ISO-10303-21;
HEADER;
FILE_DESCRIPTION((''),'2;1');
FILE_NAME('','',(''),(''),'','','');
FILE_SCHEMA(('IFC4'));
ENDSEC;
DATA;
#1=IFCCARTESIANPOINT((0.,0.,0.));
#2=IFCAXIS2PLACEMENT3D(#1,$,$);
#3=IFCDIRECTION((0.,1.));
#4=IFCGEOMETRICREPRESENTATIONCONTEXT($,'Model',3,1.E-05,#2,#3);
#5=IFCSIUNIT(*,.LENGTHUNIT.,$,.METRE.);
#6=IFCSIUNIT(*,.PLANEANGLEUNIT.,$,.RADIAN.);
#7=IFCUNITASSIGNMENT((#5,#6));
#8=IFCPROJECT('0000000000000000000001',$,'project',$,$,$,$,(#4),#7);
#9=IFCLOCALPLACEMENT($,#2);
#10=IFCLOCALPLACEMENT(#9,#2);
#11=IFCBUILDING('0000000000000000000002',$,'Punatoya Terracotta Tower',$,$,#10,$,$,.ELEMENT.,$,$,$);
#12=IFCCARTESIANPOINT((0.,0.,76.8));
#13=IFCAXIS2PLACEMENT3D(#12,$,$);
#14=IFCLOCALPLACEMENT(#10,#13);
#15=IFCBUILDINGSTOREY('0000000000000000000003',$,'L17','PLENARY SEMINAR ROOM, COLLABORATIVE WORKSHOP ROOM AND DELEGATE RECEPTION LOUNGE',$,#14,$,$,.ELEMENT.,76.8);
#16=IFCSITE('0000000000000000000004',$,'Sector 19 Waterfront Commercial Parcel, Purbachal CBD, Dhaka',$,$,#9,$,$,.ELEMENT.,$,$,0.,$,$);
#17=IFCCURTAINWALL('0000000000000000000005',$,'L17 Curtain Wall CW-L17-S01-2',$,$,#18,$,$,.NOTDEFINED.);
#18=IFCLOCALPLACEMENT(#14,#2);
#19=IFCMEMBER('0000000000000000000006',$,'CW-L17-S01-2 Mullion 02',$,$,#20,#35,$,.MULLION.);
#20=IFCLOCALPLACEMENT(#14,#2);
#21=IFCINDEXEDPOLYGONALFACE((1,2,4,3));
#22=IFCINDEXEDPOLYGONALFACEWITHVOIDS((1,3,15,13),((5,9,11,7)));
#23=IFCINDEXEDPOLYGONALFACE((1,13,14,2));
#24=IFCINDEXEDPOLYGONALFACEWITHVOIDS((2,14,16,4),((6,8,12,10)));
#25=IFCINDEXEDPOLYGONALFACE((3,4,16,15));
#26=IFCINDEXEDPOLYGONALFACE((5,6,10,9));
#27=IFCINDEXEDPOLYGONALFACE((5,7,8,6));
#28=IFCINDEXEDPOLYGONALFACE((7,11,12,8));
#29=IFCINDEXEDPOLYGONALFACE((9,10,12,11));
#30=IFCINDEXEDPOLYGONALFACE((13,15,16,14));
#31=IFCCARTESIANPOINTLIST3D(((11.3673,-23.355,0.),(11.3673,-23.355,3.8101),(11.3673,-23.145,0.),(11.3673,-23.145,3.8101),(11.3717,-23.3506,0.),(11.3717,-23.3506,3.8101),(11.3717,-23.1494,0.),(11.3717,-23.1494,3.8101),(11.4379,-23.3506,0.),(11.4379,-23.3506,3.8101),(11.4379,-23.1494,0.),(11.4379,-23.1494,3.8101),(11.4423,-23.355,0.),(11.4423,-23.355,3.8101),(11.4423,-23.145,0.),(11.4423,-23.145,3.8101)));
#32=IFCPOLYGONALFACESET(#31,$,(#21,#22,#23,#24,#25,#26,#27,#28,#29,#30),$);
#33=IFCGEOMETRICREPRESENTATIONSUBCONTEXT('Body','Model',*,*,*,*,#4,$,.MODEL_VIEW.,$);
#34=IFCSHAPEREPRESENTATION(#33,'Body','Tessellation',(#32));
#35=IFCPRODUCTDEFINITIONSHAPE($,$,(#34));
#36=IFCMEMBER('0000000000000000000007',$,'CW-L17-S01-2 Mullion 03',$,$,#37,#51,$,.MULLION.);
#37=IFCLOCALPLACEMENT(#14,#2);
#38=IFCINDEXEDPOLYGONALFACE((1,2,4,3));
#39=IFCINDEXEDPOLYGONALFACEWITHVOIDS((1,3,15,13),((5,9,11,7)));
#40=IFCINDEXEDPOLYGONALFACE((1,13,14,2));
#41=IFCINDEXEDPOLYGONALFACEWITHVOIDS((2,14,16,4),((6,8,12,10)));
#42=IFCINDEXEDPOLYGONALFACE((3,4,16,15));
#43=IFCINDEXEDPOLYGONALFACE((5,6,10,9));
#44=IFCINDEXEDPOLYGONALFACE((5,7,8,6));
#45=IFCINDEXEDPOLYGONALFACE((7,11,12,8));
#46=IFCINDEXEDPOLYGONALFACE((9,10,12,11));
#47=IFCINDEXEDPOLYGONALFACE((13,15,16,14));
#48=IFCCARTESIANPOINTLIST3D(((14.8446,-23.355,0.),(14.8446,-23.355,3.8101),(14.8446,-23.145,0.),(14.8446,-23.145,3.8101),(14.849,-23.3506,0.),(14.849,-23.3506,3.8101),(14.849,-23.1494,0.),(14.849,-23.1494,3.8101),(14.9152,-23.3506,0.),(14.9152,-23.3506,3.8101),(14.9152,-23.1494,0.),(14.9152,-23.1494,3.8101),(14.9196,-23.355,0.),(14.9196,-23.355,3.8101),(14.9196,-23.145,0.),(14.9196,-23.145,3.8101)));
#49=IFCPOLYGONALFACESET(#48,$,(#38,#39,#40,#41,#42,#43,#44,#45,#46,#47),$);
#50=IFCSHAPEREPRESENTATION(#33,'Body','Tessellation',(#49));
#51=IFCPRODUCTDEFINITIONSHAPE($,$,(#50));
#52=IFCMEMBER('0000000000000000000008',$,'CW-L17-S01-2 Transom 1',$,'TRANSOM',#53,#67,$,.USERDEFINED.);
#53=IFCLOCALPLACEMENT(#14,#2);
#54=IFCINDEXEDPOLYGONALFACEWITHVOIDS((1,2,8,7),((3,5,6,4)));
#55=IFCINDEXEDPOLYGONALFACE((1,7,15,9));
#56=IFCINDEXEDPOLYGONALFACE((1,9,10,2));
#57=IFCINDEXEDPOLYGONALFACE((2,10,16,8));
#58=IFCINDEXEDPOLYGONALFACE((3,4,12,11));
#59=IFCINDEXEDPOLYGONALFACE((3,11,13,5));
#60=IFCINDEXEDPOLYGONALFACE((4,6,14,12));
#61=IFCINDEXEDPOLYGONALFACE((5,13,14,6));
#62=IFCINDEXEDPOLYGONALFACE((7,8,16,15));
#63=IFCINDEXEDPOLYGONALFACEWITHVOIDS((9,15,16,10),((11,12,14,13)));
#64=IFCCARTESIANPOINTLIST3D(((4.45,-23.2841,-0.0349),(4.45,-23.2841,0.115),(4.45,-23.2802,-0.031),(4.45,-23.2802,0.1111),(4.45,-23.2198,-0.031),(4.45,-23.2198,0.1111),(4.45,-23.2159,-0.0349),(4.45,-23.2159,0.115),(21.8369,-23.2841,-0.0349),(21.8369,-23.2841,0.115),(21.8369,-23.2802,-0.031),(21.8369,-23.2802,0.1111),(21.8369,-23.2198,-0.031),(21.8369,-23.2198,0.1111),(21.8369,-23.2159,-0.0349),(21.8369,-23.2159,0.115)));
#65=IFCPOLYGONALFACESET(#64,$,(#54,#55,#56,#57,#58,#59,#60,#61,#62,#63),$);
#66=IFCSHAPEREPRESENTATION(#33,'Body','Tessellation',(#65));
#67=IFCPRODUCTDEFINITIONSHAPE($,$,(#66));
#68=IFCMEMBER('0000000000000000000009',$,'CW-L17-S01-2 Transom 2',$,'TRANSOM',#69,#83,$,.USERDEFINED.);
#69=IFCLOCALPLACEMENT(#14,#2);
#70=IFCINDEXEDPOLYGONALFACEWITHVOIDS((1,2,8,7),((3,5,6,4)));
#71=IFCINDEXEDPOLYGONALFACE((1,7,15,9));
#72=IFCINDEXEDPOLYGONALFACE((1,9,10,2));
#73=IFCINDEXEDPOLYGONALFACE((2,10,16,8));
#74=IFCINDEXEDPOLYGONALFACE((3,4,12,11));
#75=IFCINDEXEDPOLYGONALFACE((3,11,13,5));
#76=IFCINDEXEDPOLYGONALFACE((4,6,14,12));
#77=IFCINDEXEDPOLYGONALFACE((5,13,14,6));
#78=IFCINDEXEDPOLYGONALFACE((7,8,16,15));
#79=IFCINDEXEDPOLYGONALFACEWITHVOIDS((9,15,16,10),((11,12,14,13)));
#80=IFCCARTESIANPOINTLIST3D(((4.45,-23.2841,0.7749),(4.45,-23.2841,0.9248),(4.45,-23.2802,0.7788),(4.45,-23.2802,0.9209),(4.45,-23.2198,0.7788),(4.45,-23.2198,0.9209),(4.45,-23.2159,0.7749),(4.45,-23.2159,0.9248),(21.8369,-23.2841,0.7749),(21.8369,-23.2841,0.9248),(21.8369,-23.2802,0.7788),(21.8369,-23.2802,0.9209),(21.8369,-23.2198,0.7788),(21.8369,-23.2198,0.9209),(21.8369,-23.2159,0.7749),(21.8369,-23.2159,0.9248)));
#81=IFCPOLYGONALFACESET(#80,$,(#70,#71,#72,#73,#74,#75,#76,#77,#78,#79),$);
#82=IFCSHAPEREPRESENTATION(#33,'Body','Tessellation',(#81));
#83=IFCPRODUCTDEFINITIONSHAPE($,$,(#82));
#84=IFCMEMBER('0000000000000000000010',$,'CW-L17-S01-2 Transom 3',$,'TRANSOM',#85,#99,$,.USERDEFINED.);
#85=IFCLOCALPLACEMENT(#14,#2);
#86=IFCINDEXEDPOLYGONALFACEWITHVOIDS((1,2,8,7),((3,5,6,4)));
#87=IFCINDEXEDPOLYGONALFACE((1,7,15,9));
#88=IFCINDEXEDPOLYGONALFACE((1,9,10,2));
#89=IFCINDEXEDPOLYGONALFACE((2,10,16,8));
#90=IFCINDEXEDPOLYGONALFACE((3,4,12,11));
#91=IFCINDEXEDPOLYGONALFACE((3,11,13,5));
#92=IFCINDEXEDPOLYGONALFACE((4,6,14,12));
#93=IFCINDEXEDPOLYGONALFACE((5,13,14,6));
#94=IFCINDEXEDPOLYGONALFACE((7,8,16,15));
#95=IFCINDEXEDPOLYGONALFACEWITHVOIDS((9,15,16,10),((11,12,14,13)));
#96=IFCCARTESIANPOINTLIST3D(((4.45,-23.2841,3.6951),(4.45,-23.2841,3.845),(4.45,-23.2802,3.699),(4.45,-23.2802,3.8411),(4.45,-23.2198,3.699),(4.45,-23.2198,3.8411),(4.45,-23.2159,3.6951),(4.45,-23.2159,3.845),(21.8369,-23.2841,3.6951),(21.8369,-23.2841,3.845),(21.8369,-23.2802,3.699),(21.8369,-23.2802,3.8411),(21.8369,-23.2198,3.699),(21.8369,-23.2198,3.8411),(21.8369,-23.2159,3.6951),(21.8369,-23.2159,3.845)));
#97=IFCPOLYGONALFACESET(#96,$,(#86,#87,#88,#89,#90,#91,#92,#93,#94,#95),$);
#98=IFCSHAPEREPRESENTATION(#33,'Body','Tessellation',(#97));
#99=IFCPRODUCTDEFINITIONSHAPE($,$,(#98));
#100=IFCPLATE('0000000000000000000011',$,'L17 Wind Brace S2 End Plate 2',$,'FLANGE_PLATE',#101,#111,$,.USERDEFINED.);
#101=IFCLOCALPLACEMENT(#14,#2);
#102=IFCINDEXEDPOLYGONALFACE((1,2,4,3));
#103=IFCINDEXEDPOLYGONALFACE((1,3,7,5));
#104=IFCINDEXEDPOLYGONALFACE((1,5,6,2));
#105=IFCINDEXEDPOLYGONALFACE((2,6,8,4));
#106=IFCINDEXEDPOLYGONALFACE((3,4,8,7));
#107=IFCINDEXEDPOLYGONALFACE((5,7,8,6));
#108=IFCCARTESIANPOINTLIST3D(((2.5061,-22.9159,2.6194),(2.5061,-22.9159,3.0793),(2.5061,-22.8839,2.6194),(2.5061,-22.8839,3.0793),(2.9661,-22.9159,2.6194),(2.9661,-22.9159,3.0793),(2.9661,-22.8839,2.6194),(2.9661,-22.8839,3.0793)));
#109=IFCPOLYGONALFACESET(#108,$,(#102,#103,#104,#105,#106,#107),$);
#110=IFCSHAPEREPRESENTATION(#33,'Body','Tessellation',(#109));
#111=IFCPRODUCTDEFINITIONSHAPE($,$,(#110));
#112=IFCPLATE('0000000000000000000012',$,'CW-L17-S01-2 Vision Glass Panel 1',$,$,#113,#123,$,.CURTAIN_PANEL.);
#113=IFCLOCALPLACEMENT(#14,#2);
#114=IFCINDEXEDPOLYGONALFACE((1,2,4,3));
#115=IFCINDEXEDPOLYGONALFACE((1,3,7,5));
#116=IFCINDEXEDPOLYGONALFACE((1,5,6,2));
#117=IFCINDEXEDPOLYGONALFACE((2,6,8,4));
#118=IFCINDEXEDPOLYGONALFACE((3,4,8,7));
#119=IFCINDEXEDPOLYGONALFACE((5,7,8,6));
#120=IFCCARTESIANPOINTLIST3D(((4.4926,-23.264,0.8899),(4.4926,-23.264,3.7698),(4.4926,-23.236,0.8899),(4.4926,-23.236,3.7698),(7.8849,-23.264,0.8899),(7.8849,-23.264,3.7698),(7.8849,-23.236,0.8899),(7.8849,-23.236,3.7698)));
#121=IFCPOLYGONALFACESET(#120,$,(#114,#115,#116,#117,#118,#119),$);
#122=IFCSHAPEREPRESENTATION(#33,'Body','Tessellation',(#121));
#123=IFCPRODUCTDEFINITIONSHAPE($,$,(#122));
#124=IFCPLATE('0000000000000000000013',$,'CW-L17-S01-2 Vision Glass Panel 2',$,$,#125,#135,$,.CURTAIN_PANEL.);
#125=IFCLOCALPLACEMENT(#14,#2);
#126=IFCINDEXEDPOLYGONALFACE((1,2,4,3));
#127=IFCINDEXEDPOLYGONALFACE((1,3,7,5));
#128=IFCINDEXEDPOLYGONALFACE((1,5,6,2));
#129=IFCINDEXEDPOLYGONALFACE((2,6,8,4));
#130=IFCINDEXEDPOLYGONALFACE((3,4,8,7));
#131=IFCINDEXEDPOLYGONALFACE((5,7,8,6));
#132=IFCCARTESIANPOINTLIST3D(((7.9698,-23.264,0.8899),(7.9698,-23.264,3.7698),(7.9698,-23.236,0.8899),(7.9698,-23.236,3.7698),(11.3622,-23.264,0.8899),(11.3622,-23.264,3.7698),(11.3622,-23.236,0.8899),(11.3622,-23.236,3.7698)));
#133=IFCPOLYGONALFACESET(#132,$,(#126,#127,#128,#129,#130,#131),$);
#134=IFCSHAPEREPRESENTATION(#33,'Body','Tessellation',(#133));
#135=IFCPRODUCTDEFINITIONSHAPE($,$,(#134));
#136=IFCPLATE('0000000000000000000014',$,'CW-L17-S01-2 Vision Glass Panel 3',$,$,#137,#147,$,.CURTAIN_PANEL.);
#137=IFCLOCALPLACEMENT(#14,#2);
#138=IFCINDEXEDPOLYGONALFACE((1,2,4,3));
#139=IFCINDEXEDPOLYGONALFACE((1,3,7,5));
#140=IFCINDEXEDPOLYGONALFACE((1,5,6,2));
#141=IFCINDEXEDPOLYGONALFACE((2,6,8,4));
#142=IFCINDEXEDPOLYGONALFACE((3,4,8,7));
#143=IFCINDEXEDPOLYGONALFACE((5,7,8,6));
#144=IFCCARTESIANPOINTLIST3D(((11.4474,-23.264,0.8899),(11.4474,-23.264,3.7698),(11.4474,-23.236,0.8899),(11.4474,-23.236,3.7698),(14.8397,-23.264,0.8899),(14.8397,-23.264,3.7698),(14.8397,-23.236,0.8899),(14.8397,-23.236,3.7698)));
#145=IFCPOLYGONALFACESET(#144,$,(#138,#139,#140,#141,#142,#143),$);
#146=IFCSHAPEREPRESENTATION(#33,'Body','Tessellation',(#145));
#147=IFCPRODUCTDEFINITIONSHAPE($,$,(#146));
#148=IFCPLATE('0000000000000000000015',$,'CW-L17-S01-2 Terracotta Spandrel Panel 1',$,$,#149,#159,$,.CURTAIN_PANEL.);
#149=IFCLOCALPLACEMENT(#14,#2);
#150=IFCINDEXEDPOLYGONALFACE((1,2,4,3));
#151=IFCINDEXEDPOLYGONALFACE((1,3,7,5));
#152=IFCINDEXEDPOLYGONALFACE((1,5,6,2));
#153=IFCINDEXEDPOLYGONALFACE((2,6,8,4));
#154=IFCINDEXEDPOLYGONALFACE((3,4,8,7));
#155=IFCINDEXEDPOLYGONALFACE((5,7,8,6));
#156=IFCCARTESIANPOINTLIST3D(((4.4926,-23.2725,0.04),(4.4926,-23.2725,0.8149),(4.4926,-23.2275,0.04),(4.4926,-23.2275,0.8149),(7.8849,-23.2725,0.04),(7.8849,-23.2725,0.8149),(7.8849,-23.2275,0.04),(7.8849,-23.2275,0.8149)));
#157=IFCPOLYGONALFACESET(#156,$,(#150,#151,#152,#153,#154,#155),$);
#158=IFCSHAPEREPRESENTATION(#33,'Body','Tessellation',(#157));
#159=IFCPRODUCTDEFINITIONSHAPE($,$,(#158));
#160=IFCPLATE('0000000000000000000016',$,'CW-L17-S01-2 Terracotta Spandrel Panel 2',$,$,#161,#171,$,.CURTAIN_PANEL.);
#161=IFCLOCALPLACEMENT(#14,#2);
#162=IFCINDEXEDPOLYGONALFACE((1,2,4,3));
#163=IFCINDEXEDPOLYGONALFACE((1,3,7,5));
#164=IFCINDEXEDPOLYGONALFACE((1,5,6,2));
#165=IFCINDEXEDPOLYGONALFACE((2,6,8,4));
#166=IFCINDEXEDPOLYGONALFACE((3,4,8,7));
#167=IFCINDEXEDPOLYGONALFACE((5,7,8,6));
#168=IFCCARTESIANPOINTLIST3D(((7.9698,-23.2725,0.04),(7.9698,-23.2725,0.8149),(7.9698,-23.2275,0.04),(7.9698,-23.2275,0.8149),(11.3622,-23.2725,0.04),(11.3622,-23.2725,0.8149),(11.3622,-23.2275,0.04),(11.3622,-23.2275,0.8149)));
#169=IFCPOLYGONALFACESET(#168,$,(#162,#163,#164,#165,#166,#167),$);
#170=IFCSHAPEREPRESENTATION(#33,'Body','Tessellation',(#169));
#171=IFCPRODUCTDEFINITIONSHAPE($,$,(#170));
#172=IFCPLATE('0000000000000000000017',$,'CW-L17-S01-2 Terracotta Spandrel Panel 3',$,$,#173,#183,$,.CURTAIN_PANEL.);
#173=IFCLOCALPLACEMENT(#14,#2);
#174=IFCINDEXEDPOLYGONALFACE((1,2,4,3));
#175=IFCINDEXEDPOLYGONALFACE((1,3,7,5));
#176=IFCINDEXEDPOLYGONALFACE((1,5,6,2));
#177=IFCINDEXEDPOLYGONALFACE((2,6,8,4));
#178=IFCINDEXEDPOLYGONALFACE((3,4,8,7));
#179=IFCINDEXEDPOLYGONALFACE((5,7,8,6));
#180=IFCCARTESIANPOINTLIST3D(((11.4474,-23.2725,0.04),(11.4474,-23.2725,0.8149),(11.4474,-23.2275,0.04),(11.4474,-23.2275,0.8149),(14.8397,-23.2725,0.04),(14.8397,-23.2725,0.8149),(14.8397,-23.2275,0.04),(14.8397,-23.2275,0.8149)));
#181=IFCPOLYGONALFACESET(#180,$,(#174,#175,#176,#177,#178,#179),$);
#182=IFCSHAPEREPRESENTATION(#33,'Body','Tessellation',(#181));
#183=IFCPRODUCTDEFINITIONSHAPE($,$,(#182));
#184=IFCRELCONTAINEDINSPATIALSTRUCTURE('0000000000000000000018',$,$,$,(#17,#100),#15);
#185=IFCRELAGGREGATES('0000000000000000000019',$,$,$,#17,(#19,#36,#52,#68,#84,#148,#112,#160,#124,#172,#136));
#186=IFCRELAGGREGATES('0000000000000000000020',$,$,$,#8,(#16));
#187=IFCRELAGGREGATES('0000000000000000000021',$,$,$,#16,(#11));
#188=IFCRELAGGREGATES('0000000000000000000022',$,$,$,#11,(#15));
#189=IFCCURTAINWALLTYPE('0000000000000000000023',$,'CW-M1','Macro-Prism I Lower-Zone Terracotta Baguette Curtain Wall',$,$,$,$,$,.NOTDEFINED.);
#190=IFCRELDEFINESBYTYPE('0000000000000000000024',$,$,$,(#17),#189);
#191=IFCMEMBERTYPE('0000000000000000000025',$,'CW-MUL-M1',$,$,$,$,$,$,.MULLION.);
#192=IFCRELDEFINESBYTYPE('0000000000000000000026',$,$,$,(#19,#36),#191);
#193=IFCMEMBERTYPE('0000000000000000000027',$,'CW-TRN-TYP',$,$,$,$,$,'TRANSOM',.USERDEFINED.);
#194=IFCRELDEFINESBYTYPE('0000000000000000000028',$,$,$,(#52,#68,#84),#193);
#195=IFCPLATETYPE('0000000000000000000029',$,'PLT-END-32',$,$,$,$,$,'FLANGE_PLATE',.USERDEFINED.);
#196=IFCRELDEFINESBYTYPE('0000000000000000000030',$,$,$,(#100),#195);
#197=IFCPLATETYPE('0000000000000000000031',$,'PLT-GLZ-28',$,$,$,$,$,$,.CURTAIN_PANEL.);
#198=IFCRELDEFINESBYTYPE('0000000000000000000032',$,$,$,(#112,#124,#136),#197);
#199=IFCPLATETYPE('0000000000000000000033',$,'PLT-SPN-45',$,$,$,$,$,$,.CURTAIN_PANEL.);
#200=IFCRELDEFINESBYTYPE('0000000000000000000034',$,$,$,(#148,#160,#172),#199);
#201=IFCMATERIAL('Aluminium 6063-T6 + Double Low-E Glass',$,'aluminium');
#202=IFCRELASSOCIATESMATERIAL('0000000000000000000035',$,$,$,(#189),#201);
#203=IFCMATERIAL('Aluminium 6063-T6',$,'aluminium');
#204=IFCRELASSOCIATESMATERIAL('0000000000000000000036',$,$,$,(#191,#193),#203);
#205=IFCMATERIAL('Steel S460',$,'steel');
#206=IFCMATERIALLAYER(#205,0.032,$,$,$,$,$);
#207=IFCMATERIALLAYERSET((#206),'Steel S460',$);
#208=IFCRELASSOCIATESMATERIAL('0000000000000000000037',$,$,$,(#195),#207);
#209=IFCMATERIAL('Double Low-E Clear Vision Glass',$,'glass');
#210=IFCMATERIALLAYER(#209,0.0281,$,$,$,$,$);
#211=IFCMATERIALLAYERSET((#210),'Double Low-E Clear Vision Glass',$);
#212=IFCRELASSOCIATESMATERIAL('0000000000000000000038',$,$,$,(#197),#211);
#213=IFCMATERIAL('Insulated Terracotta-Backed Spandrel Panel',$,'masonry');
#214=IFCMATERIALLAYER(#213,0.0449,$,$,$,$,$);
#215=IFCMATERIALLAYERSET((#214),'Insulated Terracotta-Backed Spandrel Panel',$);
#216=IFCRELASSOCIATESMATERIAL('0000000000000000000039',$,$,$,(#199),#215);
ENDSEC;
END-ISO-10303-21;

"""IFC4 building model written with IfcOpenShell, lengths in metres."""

from ifc_helpers import new_model, si_unit, direction, frame, origin, origin_2d, place, context, subcontext, project, spatial, rectangle, hollow_rectangle, extrude, material, layer, layer_set, material_profile, profile_set, type_object, element, aggregate, save


model = new_model("IFC4")

# Units and contexts
model_context = context("Model", 3, precision=1e-05, world=origin(), true_north=direction((0.0, 1.0)))
body_context = subcontext(model_context, "Body", "Model", "MODEL_VIEW")
ifc_project = project(units=[si_unit("LENGTHUNIT", "METRE"), si_unit("PLANEANGLEUNIT", "RADIAN")], contexts=[model_context])

# Site, building, storey
site_placement = place(None, origin())
site = spatial("IfcSite", under=ifc_project, at=site_placement, Name="Sector 19 Waterfront Commercial Parcel, Purbachal CBD, Dhaka", CompositionType="ELEMENT", RefElevation=0.0)
building_placement = place(site_placement, origin())
building = spatial("IfcBuilding", under=site, at=building_placement, Name="Punatoya Terracotta Tower", CompositionType="ELEMENT")
storey_placement = place(building_placement, frame((0.0, 0.0, 76.8)))
storey = spatial("IfcBuildingStorey", under=building, at=storey_placement, Name="L17", Description="PLENARY SEMINAR ROOM, COLLABORATIVE WORKSHOP ROOM AND DELEGATE RECEPTION LOUNGE", CompositionType="ELEMENT", Elevation=76.8)

# Shared definitions
ifc_material_1 = material(Name="Steel S460", Category="steel")

# Curtain wall, members
ifc_material_2 = material(Name="Aluminium 6063-T6 + Double Low-E Glass", Category="aluminium")
curtain_wall_type = type_object("IfcCurtainWallType", Name="CW-M1", Description="Macro-Prism I Lower-Zone Terracotta Baguette Curtain Wall", PredefinedType="NOTDEFINED", material=ifc_material_2)
curtain_wall_placement = place(storey_placement, origin())
curtain_wall = element("IfcCurtainWall", 1, at=curtain_wall_placement, inside=storey, type_object=curtain_wall_type, Name="L17 Curtain Wall CW-L17-S01-2", PredefinedType="NOTDEFINED")
ifc_material_3 = material(Name="Aluminium 6063-T6", Category="aluminium")
ifc_material_profile_1 = material_profile(ifc_material_3, hollow_rectangle(XDim=0.075, YDim=0.21, WallThickness=0.0044, at=origin_2d()))
ifc_profile_set_1 = profile_set([ifc_material_profile_1], Name="Aluminium 6063-T6")
member_type_1 = type_object("IfcMemberType", Name="CW-MUL-M1", PredefinedType="MULLION", material=ifc_profile_set_1)
member_1_placement = place(storey_placement, frame((11.4048, -23.25, 0.0), z_axis=(0.0, 0.0, 1.0), x_axis=(1.0, 0.0, 0.0)))
member_1 = element("IfcMember", 2, at=member_1_placement, type_object=member_type_1, Name="CW-L17-S01-2 Mullion 02", PredefinedType="MULLION", context=body_context, shape_type="SweptSolid", body=[
    extrude(hollow_rectangle(XDim=0.075, YDim=0.21, WallThickness=0.0044, at=origin_2d()), origin(), (0.0, 0.0, 1.0), 3.8101),
])
member_2_placement = place(storey_placement, frame((14.8821, -23.25, 0.0), z_axis=(0.0, 0.0, 1.0), x_axis=(1.0, 0.0, 0.0)))
member_2 = element("IfcMember", 3, at=member_2_placement, type_object=member_type_1, Name="CW-L17-S01-2 Mullion 03", PredefinedType="MULLION", context=body_context, shape_type="SweptSolid", body=[
    extrude(hollow_rectangle(XDim=0.075, YDim=0.21, WallThickness=0.0044, at=origin_2d()), origin(), (0.0, 0.0, 1.0), 3.8101),
])
ifc_material_profile_2 = material_profile(ifc_material_3, hollow_rectangle(XDim=0.0681, YDim=0.1499, WallThickness=0.0039, at=origin_2d()))
ifc_profile_set_2 = profile_set([ifc_material_profile_2], Name="Aluminium 6063-T6")
member_type_2 = type_object("IfcMemberType", Name="CW-TRN-TYP", ElementType="TRANSOM", PredefinedType="USERDEFINED", material=ifc_profile_set_2)
member_3_placement = place(storey_placement, frame((4.45, -23.25, 0.04), z_axis=(1.0, 0.0, 0.0), x_axis=(0.0, 1.0, 0.0)))
member_3 = element("IfcMember", 4, at=member_3_placement, type_object=member_type_2, Name="CW-L17-S01-2 Transom 1", ObjectType="TRANSOM", PredefinedType="USERDEFINED", context=body_context, shape_type="SweptSolid", body=[
    extrude(hollow_rectangle(XDim=0.0681, YDim=0.1499, WallThickness=0.0039, at=origin_2d()), origin(), (0.0, 0.0, 1.0), 17.387),
])
member_4_placement = place(storey_placement, frame((4.45, -23.25, 0.8499), z_axis=(1.0, 0.0, 0.0), x_axis=(0.0, 1.0, 0.0)))
member_4 = element("IfcMember", 5, at=member_4_placement, type_object=member_type_2, Name="CW-L17-S01-2 Transom 2", ObjectType="TRANSOM", PredefinedType="USERDEFINED", context=body_context, shape_type="SweptSolid", body=[
    extrude(hollow_rectangle(XDim=0.0681, YDim=0.1499, WallThickness=0.0039, at=origin_2d()), origin(), (0.0, 0.0, 1.0), 17.387),
])
member_5_placement = place(storey_placement, frame((4.45, -23.25, 3.77), z_axis=(1.0, 0.0, 0.0), x_axis=(0.0, 1.0, 0.0)))
member_5 = element("IfcMember", 6, at=member_5_placement, type_object=member_type_2, Name="CW-L17-S01-2 Transom 3", ObjectType="TRANSOM", PredefinedType="USERDEFINED", context=body_context, shape_type="SweptSolid", body=[
    extrude(hollow_rectangle(XDim=0.0681, YDim=0.1499, WallThickness=0.0039, at=origin_2d()), origin(), (0.0, 0.0, 1.0), 17.387),
])

# Plates
ifc_layer_1 = layer(ifc_material_1, 0.032)
ifc_layer_set_1 = layer_set([ifc_layer_1], Name="Steel S460")
plate_type_1 = type_object("IfcPlateType", Name="PLT-END-32", ElementType="FLANGE_PLATE", PredefinedType="USERDEFINED", material=ifc_layer_set_1)
plate_1_placement = place(storey_placement, frame((2.7361, -22.8999, 2.6194), z_axis=(0.0, 0.0, 1.0), x_axis=(1.0, 0.0, 0.0)))
element("IfcPlate", 7, at=plate_1_placement, inside=storey, type_object=plate_type_1, Name="L17 Wind Brace S2 End Plate 2", ObjectType="FLANGE_PLATE", PredefinedType="USERDEFINED", context=body_context, shape_type="SweptSolid", body=[
    extrude(rectangle(XDim=0.46, YDim=0.032, at=origin_2d()), origin(), (0.0, 0.0, 1.0), 0.46),
])
ifc_material_4 = material(Name="Double Low-E Clear Vision Glass", Category="glass")
ifc_layer_2 = layer(ifc_material_4, 0.0281)
ifc_layer_set_2 = layer_set([ifc_layer_2], Name="Double Low-E Clear Vision Glass")
plate_type_2 = type_object("IfcPlateType", Name="PLT-GLZ-28", PredefinedType="CURTAIN_PANEL", material=ifc_layer_set_2)
plate_2_placement = place(storey_placement, frame((6.1887, -23.25, 0.8899), z_axis=(0.0, 0.0, 1.0), x_axis=(1.0, 0.0, 0.0)))
plate_2 = element("IfcPlate", 8, at=plate_2_placement, type_object=plate_type_2, Name="CW-L17-S01-2 Vision Glass Panel 1", PredefinedType="CURTAIN_PANEL", context=body_context, shape_type="SweptSolid", body=[
    extrude(rectangle(XDim=3.3923, YDim=0.0281, at=origin_2d()), origin(), (0.0, 0.0, 1.0), 2.8799),
])
plate_3_placement = place(storey_placement, frame((9.666, -23.25, 0.8899), z_axis=(0.0, 0.0, 1.0), x_axis=(1.0, 0.0, 0.0)))
plate_3 = element("IfcPlate", 9, at=plate_3_placement, type_object=plate_type_2, Name="CW-L17-S01-2 Vision Glass Panel 2", PredefinedType="CURTAIN_PANEL", context=body_context, shape_type="SweptSolid", body=[
    extrude(rectangle(XDim=3.3923, YDim=0.0281, at=origin_2d()), origin(), (0.0, 0.0, 1.0), 2.8799),
])
plate_4_placement = place(storey_placement, frame((13.1436, -23.25, 0.8899), z_axis=(0.0, 0.0, 1.0), x_axis=(1.0, 0.0, 0.0)))
plate_4 = element("IfcPlate", 10, at=plate_4_placement, type_object=plate_type_2, Name="CW-L17-S01-2 Vision Glass Panel 3", PredefinedType="CURTAIN_PANEL", context=body_context, shape_type="SweptSolid", body=[
    extrude(rectangle(XDim=3.3923, YDim=0.0281, at=origin_2d()), origin(), (0.0, 0.0, 1.0), 2.8799),
])
ifc_material_5 = material(Name="Insulated Terracotta-Backed Spandrel Panel", Category="masonry")
ifc_layer_3 = layer(ifc_material_5, 0.0449)
ifc_layer_set_3 = layer_set([ifc_layer_3], Name="Insulated Terracotta-Backed Spandrel Panel")
plate_type_3 = type_object("IfcPlateType", Name="PLT-SPN-45", PredefinedType="CURTAIN_PANEL", material=ifc_layer_set_3)
plate_5_placement = place(storey_placement, frame((6.1887, -23.25, 0.04), z_axis=(0.0, 0.0, 1.0), x_axis=(1.0, 0.0, 0.0)))
plate_5 = element("IfcPlate", 11, at=plate_5_placement, type_object=plate_type_3, Name="CW-L17-S01-2 Terracotta Spandrel Panel 1", PredefinedType="CURTAIN_PANEL", context=body_context, shape_type="SweptSolid", body=[
    extrude(rectangle(XDim=3.3923, YDim=0.0449, at=origin_2d()), origin(), (0.0, 0.0, 1.0), 0.7749),
])
plate_6_placement = place(storey_placement, frame((9.666, -23.25, 0.04), z_axis=(0.0, 0.0, 1.0), x_axis=(1.0, 0.0, 0.0)))
plate_6 = element("IfcPlate", 12, at=plate_6_placement, type_object=plate_type_3, Name="CW-L17-S01-2 Terracotta Spandrel Panel 2", PredefinedType="CURTAIN_PANEL", context=body_context, shape_type="SweptSolid", body=[
    extrude(rectangle(XDim=3.3923, YDim=0.0449, at=origin_2d()), origin(), (0.0, 0.0, 1.0), 0.7749),
])
plate_7_placement = place(storey_placement, frame((13.1436, -23.25, 0.04), z_axis=(0.0, 0.0, 1.0), x_axis=(1.0, 0.0, 0.0)))
plate_7 = element("IfcPlate", 13, at=plate_7_placement, type_object=plate_type_3, Name="CW-L17-S01-2 Terracotta Spandrel Panel 3", PredefinedType="CURTAIN_PANEL", context=body_context, shape_type="SweptSolid", body=[
    extrude(rectangle(XDim=3.3923, YDim=0.0449, at=origin_2d()), origin(), (0.0, 0.0, 1.0), 0.7749),
])
aggregate(curtain_wall, [member_1, member_2, member_3, member_4, member_5, plate_5, plate_2, plate_6, plate_3, plate_7, plate_4])

save(model, "model.ifc")
